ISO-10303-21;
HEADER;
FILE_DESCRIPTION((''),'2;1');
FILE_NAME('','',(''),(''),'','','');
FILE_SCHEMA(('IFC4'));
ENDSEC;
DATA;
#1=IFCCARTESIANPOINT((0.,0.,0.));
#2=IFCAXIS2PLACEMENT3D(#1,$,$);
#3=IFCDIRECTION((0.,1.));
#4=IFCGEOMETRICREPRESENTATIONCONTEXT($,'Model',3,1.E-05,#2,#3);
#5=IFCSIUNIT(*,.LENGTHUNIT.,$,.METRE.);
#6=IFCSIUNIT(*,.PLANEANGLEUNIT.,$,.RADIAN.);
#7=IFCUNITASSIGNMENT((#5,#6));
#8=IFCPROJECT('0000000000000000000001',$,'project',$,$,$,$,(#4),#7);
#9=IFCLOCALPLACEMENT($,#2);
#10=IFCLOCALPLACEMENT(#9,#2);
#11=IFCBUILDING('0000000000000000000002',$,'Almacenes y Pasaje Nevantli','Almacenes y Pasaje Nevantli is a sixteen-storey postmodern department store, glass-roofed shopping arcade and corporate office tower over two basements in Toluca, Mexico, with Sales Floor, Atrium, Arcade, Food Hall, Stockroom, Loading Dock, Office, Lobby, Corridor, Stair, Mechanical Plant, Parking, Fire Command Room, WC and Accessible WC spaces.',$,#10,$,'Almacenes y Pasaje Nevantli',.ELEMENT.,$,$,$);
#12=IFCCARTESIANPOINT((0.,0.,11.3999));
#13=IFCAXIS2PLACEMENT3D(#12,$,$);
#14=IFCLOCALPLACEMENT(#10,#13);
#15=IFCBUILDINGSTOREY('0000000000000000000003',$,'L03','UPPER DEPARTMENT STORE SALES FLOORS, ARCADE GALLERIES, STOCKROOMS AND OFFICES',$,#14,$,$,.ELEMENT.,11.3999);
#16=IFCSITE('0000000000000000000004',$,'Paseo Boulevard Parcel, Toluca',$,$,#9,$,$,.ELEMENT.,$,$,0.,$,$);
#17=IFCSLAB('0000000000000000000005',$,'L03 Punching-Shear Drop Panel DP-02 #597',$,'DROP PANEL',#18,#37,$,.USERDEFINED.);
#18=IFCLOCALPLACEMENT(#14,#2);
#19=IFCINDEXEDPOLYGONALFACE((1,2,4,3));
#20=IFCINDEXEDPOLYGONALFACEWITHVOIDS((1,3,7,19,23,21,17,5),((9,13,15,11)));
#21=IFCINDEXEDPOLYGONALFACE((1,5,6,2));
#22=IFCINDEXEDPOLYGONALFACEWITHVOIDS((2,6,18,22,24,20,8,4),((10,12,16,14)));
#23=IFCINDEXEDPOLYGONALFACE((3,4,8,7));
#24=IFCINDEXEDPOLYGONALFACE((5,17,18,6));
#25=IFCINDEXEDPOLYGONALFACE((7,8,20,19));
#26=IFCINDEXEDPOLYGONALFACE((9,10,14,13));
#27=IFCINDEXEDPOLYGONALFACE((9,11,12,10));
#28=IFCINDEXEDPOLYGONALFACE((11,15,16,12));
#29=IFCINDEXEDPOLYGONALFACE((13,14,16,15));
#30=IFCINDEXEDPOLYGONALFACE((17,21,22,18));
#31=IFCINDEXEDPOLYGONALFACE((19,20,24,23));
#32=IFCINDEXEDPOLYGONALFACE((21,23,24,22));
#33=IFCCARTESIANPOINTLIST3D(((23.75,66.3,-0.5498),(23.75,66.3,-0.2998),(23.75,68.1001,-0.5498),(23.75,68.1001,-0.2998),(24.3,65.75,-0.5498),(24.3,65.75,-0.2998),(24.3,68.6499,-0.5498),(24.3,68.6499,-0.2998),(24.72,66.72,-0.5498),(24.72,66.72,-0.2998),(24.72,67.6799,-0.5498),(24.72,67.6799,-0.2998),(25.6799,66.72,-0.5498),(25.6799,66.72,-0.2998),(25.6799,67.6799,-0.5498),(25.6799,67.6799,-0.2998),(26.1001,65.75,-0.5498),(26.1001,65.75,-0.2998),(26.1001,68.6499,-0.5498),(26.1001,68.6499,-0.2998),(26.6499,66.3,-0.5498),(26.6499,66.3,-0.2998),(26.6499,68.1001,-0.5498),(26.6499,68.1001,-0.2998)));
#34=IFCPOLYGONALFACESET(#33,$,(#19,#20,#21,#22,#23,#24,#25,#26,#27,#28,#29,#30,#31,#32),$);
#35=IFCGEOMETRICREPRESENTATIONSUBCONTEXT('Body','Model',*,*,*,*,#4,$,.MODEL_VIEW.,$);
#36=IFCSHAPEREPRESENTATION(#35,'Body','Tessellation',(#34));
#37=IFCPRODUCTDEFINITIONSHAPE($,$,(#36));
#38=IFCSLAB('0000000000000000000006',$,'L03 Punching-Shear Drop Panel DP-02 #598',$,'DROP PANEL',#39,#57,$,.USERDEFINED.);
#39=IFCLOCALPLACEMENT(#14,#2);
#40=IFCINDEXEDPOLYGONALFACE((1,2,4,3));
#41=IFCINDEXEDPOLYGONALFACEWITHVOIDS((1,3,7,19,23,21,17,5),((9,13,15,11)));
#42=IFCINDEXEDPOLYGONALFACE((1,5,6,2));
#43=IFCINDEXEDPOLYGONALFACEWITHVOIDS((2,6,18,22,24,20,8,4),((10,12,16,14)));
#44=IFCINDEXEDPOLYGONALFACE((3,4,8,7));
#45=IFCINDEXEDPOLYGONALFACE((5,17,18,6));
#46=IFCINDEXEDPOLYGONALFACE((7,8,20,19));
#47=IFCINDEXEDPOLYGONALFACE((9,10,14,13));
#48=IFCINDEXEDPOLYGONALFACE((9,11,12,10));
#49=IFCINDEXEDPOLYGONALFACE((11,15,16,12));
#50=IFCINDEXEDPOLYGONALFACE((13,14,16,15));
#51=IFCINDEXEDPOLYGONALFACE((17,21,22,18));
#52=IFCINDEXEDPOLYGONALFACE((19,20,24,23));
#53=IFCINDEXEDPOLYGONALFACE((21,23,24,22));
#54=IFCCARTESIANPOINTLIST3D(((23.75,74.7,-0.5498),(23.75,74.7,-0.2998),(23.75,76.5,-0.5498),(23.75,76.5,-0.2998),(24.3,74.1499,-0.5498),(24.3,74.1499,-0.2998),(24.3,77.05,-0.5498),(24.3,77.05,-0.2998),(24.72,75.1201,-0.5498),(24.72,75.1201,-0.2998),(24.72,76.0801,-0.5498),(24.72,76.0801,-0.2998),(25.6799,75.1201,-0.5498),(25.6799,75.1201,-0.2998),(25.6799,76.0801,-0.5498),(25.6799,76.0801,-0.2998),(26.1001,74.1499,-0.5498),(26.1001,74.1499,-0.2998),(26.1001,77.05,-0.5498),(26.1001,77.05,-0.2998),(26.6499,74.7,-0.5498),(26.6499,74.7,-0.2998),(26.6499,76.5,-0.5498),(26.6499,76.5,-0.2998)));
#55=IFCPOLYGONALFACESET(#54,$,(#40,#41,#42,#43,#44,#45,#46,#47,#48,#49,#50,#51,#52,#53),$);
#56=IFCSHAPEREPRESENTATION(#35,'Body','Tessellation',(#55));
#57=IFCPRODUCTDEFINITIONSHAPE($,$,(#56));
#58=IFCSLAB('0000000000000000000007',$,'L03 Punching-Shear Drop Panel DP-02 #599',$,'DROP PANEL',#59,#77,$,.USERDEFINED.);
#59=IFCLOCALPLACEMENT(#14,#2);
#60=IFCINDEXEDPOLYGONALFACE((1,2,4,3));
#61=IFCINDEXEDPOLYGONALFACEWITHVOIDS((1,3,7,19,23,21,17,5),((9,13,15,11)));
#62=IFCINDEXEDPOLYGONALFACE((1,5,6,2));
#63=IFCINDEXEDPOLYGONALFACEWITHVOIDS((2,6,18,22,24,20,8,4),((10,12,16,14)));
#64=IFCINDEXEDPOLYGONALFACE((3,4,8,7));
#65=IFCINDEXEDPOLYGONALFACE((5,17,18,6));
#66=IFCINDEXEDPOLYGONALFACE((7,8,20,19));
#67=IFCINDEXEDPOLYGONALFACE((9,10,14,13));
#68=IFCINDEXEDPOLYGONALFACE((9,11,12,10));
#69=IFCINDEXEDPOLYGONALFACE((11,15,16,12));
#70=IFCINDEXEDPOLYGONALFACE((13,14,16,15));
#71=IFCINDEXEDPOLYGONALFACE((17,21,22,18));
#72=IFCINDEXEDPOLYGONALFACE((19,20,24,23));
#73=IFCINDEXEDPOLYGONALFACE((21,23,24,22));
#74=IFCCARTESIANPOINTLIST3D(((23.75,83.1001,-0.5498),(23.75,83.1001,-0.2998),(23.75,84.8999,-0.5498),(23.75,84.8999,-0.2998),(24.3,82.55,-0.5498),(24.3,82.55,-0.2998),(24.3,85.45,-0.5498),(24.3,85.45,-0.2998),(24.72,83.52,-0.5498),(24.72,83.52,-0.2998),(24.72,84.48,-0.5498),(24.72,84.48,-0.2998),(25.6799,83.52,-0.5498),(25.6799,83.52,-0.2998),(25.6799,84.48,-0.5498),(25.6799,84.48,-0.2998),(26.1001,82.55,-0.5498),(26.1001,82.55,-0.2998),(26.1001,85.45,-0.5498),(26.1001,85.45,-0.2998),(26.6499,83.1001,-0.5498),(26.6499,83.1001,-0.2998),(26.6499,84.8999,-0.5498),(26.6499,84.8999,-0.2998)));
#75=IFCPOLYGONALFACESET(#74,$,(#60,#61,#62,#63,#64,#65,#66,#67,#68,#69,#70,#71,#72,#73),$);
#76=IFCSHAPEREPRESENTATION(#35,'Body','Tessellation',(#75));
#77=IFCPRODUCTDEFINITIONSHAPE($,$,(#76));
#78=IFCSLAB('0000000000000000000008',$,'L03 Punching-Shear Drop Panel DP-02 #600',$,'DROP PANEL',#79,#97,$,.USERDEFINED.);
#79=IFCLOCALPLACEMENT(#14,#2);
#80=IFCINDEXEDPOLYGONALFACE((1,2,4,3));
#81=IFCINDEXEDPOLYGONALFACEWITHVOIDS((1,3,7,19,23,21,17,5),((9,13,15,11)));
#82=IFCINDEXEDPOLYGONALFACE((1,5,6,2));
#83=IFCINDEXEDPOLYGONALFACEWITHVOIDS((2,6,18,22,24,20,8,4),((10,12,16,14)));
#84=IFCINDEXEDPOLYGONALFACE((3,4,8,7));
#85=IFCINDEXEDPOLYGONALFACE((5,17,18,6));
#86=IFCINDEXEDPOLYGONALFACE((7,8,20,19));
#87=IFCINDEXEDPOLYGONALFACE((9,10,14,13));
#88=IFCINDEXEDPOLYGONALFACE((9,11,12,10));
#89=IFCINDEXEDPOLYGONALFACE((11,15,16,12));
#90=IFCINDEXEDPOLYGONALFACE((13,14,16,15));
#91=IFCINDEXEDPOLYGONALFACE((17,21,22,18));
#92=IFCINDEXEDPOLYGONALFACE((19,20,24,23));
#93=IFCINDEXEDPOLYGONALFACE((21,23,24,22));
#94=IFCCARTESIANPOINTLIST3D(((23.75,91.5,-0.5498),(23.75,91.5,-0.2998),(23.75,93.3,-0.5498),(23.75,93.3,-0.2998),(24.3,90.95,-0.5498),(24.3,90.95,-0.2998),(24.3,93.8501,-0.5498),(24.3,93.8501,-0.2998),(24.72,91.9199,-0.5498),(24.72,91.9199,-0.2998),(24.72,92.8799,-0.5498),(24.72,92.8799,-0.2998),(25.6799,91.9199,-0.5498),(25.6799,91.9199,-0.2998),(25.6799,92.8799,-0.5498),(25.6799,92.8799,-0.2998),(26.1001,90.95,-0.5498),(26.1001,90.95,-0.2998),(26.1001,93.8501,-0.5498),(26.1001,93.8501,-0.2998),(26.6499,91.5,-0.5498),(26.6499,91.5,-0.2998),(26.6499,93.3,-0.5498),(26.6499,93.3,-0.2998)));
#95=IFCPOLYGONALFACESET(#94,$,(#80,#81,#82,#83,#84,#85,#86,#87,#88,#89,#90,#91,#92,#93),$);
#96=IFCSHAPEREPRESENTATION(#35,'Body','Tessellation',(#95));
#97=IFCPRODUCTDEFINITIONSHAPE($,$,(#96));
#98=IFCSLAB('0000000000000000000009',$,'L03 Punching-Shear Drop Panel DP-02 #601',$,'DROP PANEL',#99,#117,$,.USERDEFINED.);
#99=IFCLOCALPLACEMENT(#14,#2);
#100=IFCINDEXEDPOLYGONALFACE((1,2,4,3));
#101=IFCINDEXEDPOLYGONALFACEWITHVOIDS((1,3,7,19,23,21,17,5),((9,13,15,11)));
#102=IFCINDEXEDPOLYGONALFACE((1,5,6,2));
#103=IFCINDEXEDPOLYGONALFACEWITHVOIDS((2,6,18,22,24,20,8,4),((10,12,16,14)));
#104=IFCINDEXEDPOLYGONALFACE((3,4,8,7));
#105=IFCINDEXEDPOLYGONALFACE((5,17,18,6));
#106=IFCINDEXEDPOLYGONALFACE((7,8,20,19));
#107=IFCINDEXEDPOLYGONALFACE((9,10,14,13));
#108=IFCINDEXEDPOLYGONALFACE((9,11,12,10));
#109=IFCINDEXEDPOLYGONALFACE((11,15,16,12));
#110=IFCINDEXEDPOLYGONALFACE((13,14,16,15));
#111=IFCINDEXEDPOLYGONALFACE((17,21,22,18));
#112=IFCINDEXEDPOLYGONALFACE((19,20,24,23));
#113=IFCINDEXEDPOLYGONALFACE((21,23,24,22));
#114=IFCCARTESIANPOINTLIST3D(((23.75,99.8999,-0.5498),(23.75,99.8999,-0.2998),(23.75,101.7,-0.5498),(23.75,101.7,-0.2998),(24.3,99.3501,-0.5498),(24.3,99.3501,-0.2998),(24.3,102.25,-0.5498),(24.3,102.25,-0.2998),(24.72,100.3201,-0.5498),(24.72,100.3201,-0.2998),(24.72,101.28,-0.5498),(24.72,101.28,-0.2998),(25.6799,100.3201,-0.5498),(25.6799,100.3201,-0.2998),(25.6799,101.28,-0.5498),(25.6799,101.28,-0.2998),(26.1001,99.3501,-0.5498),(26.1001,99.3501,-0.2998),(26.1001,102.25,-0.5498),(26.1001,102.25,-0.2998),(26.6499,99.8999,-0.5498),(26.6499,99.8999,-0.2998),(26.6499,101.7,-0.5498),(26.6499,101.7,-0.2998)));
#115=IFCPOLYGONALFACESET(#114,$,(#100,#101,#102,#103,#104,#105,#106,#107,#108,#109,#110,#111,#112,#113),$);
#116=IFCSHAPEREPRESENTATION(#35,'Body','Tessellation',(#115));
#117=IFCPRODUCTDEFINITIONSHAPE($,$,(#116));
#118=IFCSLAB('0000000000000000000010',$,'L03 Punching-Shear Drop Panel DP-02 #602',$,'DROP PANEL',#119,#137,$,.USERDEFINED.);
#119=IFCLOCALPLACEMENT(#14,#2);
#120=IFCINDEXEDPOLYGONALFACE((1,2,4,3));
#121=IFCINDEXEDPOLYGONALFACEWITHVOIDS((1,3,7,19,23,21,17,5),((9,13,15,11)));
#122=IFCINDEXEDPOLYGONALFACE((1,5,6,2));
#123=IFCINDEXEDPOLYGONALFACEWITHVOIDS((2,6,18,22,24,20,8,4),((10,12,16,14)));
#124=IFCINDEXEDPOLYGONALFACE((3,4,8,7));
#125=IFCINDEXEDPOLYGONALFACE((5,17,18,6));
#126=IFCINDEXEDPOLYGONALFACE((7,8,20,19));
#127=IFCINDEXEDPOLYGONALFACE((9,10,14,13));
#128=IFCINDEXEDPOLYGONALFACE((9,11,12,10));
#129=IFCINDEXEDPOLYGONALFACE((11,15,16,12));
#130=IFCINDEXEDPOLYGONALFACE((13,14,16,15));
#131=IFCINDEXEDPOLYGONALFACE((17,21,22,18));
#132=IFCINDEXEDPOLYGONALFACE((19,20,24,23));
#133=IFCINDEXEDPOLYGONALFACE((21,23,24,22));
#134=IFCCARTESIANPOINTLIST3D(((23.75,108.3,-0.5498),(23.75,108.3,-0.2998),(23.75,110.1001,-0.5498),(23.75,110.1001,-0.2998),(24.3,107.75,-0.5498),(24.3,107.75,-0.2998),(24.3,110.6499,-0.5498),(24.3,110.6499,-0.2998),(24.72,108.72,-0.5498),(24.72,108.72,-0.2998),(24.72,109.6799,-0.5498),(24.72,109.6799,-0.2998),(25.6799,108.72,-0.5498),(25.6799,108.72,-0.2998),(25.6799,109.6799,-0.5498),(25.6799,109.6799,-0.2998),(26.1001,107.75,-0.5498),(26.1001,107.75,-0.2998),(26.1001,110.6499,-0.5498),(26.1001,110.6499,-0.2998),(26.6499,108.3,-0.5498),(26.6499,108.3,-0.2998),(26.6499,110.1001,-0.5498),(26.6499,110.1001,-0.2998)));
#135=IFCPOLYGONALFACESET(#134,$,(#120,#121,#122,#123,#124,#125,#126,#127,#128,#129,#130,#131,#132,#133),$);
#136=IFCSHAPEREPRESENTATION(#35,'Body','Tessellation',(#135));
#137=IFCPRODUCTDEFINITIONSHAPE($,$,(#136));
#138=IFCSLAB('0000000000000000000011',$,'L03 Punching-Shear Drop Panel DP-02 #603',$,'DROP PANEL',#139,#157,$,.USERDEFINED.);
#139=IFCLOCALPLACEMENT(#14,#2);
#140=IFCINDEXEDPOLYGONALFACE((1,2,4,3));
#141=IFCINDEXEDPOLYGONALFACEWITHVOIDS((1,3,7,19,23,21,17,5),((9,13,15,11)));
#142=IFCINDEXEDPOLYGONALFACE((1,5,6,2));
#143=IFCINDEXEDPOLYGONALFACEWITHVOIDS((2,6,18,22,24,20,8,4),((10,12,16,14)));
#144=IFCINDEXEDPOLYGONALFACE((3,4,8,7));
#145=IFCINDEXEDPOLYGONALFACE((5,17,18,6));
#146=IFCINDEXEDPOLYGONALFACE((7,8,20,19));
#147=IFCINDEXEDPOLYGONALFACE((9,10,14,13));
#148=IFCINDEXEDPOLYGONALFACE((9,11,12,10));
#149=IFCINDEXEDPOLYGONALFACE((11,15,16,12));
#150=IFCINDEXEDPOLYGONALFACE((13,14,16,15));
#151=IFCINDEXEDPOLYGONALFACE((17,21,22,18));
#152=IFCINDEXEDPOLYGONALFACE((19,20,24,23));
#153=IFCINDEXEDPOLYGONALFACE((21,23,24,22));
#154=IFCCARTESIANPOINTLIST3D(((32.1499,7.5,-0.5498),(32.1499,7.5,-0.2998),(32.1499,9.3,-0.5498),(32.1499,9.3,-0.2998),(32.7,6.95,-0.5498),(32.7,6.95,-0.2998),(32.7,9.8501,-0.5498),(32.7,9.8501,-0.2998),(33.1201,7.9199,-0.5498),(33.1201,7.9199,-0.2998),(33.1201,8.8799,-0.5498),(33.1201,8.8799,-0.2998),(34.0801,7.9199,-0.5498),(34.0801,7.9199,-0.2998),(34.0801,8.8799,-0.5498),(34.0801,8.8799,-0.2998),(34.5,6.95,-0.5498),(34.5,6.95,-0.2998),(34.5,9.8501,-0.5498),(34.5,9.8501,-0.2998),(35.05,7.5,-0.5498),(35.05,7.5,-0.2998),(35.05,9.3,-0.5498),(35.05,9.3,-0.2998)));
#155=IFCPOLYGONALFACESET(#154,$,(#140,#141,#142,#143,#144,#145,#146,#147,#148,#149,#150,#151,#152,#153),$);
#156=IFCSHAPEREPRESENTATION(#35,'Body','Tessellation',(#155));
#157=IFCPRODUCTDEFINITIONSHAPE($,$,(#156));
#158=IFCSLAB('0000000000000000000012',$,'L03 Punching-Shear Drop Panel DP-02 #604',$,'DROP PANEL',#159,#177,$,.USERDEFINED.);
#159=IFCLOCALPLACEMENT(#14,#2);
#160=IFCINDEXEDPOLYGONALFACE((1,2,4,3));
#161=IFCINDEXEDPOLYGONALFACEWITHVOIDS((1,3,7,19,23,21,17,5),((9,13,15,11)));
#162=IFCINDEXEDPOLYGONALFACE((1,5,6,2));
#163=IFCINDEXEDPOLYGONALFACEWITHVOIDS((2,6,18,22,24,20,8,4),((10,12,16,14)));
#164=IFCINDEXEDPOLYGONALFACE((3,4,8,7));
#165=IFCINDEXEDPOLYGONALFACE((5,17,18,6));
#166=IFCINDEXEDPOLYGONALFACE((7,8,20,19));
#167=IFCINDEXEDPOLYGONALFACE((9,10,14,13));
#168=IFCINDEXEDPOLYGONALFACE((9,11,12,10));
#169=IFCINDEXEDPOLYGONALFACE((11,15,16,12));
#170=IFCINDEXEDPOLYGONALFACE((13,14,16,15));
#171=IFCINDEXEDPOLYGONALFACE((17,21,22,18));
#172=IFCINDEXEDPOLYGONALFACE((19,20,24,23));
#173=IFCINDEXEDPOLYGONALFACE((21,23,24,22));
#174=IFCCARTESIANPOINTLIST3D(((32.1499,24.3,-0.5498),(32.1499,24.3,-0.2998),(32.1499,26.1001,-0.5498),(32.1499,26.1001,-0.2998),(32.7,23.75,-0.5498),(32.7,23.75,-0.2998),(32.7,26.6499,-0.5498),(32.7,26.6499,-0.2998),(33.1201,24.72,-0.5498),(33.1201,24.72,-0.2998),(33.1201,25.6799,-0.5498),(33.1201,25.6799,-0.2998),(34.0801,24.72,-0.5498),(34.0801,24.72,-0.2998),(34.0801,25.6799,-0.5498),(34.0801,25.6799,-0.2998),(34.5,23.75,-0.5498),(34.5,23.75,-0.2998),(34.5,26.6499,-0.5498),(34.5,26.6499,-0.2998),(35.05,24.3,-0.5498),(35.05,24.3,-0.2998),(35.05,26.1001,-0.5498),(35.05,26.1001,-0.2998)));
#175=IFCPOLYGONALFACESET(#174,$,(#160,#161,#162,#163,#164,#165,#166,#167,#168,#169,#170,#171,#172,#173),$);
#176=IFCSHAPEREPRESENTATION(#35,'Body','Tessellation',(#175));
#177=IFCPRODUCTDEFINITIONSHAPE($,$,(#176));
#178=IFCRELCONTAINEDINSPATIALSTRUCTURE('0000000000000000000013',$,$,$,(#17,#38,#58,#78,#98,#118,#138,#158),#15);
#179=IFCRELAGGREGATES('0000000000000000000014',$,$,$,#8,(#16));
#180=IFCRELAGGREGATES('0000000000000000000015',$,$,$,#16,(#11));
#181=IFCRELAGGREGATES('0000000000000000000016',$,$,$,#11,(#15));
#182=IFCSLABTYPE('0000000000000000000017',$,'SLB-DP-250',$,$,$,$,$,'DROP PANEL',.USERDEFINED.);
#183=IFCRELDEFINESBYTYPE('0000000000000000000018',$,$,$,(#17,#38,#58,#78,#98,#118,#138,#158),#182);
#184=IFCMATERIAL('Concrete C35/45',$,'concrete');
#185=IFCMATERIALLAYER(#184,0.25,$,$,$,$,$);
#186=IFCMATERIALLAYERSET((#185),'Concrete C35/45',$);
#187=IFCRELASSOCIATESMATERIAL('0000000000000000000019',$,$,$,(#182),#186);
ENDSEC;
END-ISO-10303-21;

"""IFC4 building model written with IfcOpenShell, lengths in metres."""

from ifc_helpers import new_model, si_unit, direction, frame, origin, place, context, subcontext, project, spatial, polyline, outline, extrude, material, layer, layer_set, type_object, element, save


model = new_model("IFC4")

# Units and contexts
model_context = context("Model", 3, precision=1e-05, world=origin(), true_north=direction((0.0, 1.0)))
body_context = subcontext(model_context, "Body", "Model", "MODEL_VIEW")
ifc_project = project(units=[si_unit("LENGTHUNIT", "METRE"), si_unit("PLANEANGLEUNIT", "RADIAN")], contexts=[model_context])

# Site, building, storey
site_placement = place(None, origin())
site = spatial("IfcSite", under=ifc_project, at=site_placement, Name="Paseo Boulevard Parcel, Toluca", CompositionType="ELEMENT", RefElevation=0.0)
building_placement = place(site_placement, origin())
building = spatial("IfcBuilding", under=site, at=building_placement, Name="Almacenes y Pasaje Nevantli", Description="Almacenes y Pasaje Nevantli is a sixteen-storey postmodern department store, glass-roofed shopping arcade and corporate office tower over two basements in Toluca, Mexico, with Sales Floor, Atrium, Arcade, Food Hall, Stockroom, Loading Dock, Office, Lobby, Corridor, Stair, Mechanical Plant, Parking, Fire Command Room, WC and Accessible WC spaces.", LongName="Almacenes y Pasaje Nevantli", CompositionType="ELEMENT")
storey_placement = place(building_placement, frame((0.0, 0.0, 11.3999)))
storey = spatial("IfcBuildingStorey", under=building, at=storey_placement, Name="L03", Description="UPPER DEPARTMENT STORE SALES FLOORS, ARCADE GALLERIES, STOCKROOMS AND OFFICES", CompositionType="ELEMENT", Elevation=11.3999)

# Slabs
ifc_material = material(Name="Concrete C35/45", Category="concrete")
ifc_layer = layer(ifc_material, 0.25)
ifc_layer_set = layer_set([ifc_layer], Name="Concrete C35/45")
slab_type = type_object("IfcSlabType", Name="SLB-DP-250", ElementType="DROP PANEL", PredefinedType="USERDEFINED", material=ifc_layer_set)
slab_1_placement = place(storey_placement, frame((0.0, 0.0, -0.5498)))
element("IfcSlab", 1, at=slab_1_placement, inside=storey, type_object=slab_type, Name="L03 Punching-Shear Drop Panel DP-02 #597", ObjectType="DROP PANEL", PredefinedType="USERDEFINED", context=body_context, shape_type="SweptSolid", body=[
    extrude(outline(polyline([(24.3, 65.75), (26.1001, 65.75), (26.6499, 66.3), (26.6499, 68.1001), (26.1001, 68.6499), (24.3, 68.6499), (23.75, 68.1001), (23.75, 66.3), (24.3, 65.75)]), holes=[polyline([(24.72, 66.72), (25.6799, 66.72), (25.6799, 67.6799), (24.72, 67.6799), (24.72, 66.72)])]), origin(), (0.0, 0.0, 1.0), 0.25),
])
slab_2_placement = place(storey_placement, frame((0.0, 0.0, -0.5498)))
element("IfcSlab", 2, at=slab_2_placement, inside=storey, type_object=slab_type, Name="L03 Punching-Shear Drop Panel DP-02 #598", ObjectType="DROP PANEL", PredefinedType="USERDEFINED", context=body_context, shape_type="SweptSolid", body=[
    extrude(outline(polyline([(24.3, 74.1499), (26.1001, 74.1499), (26.6499, 74.7), (26.6499, 76.5), (26.1001, 77.05), (24.3, 77.05), (23.75, 76.5), (23.75, 74.7), (24.3, 74.1499)]), holes=[polyline([(24.72, 75.1201), (25.6799, 75.1201), (25.6799, 76.0801), (24.72, 76.0801), (24.72, 75.1201)])]), origin(), (0.0, 0.0, 1.0), 0.25),
])
slab_3_placement = place(storey_placement, frame((0.0, 0.0, -0.5498)))
element("IfcSlab", 3, at=slab_3_placement, inside=storey, type_object=slab_type, Name="L03 Punching-Shear Drop Panel DP-02 #599", ObjectType="DROP PANEL", PredefinedType="USERDEFINED", context=body_context, shape_type="SweptSolid", body=[
    extrude(outline(polyline([(24.3, 82.55), (26.1001, 82.55), (26.6499, 83.1001), (26.6499, 84.8999), (26.1001, 85.45), (24.3, 85.45), (23.75, 84.8999), (23.75, 83.1001), (24.3, 82.55)]), holes=[polyline([(24.72, 83.52), (25.6799, 83.52), (25.6799, 84.48), (24.72, 84.48), (24.72, 83.52)])]), origin(), (0.0, 0.0, 1.0), 0.25),
])
slab_4_placement = place(storey_placement, frame((0.0, 0.0, -0.5498)))
element("IfcSlab", 4, at=slab_4_placement, inside=storey, type_object=slab_type, Name="L03 Punching-Shear Drop Panel DP-02 #600", ObjectType="DROP PANEL", PredefinedType="USERDEFINED", context=body_context, shape_type="SweptSolid", body=[
    extrude(outline(polyline([(24.3, 90.95), (26.1001, 90.95), (26.6499, 91.5), (26.6499, 93.3), (26.1001, 93.8501), (24.3, 93.8501), (23.75, 93.3), (23.75, 91.5), (24.3, 90.95)]), holes=[polyline([(24.72, 91.9199), (25.6799, 91.9199), (25.6799, 92.8799), (24.72, 92.8799), (24.72, 91.9199)])]), origin(), (0.0, 0.0, 1.0), 0.25),
])
slab_5_placement = place(storey_placement, frame((0.0, 0.0, -0.5498)))
element("IfcSlab", 5, at=slab_5_placement, inside=storey, type_object=slab_type, Name="L03 Punching-Shear Drop Panel DP-02 #601", ObjectType="DROP PANEL", PredefinedType="USERDEFINED", context=body_context, shape_type="SweptSolid", body=[
    extrude(outline(polyline([(24.3, 99.3501), (26.1001, 99.3501), (26.6499, 99.8999), (26.6499, 101.7), (26.1001, 102.25), (24.3, 102.25), (23.75, 101.7), (23.75, 99.8999), (24.3, 99.3501)]), holes=[polyline([(24.72, 100.3201), (25.6799, 100.3201), (25.6799, 101.28), (24.72, 101.28), (24.72, 100.3201)])]), origin(), (0.0, 0.0, 1.0), 0.25),
])
slab_6_placement = place(storey_placement, frame((0.0, 0.0, -0.5498)))
element("IfcSlab", 6, at=slab_6_placement, inside=storey, type_object=slab_type, Name="L03 Punching-Shear Drop Panel DP-02 #602", ObjectType="DROP PANEL", PredefinedType="USERDEFINED", context=body_context, shape_type="SweptSolid", body=[
    extrude(outline(polyline([(24.3, 107.75), (26.1001, 107.75), (26.6499, 108.3), (26.6499, 110.1001), (26.1001, 110.6499), (24.3, 110.6499), (23.75, 110.1001), (23.75, 108.3), (24.3, 107.75)]), holes=[polyline([(24.72, 108.72), (25.6799, 108.72), (25.6799, 109.6799), (24.72, 109.6799), (24.72, 108.72)])]), origin(), (0.0, 0.0, 1.0), 0.25),
])
slab_7_placement = place(storey_placement, frame((0.0, 0.0, -0.5498)))
element("IfcSlab", 7, at=slab_7_placement, inside=storey, type_object=slab_type, Name="L03 Punching-Shear Drop Panel DP-02 #603", ObjectType="DROP PANEL", PredefinedType="USERDEFINED", context=body_context, shape_type="SweptSolid", body=[
    extrude(outline(polyline([(32.7, 6.95), (34.5, 6.95), (35.05, 7.5), (35.05, 9.3), (34.5, 9.8501), (32.7, 9.8501), (32.1499, 9.3), (32.1499, 7.5), (32.7, 6.95)]), holes=[polyline([(33.1201, 7.9199), (34.0801, 7.9199), (34.0801, 8.8799), (33.1201, 8.8799), (33.1201, 7.9199)])]), origin(), (0.0, 0.0, 1.0), 0.25),
])
slab_8_placement = place(storey_placement, frame((0.0, 0.0, -0.5498)))
element("IfcSlab", 8, at=slab_8_placement, inside=storey, type_object=slab_type, Name="L03 Punching-Shear Drop Panel DP-02 #604", ObjectType="DROP PANEL", PredefinedType="USERDEFINED", context=body_context, shape_type="SweptSolid", body=[
    extrude(outline(polyline([(32.7, 23.75), (34.5, 23.75), (35.05, 24.3), (35.05, 26.1001), (34.5, 26.6499), (32.7, 26.6499), (32.1499, 26.1001), (32.1499, 24.3), (32.7, 23.75)]), holes=[polyline([(33.1201, 24.72), (34.0801, 24.72), (34.0801, 25.6799), (33.1201, 25.6799), (33.1201, 24.72)])]), origin(), (0.0, 0.0, 1.0), 0.25),
])

save(model, "model.ifc")
